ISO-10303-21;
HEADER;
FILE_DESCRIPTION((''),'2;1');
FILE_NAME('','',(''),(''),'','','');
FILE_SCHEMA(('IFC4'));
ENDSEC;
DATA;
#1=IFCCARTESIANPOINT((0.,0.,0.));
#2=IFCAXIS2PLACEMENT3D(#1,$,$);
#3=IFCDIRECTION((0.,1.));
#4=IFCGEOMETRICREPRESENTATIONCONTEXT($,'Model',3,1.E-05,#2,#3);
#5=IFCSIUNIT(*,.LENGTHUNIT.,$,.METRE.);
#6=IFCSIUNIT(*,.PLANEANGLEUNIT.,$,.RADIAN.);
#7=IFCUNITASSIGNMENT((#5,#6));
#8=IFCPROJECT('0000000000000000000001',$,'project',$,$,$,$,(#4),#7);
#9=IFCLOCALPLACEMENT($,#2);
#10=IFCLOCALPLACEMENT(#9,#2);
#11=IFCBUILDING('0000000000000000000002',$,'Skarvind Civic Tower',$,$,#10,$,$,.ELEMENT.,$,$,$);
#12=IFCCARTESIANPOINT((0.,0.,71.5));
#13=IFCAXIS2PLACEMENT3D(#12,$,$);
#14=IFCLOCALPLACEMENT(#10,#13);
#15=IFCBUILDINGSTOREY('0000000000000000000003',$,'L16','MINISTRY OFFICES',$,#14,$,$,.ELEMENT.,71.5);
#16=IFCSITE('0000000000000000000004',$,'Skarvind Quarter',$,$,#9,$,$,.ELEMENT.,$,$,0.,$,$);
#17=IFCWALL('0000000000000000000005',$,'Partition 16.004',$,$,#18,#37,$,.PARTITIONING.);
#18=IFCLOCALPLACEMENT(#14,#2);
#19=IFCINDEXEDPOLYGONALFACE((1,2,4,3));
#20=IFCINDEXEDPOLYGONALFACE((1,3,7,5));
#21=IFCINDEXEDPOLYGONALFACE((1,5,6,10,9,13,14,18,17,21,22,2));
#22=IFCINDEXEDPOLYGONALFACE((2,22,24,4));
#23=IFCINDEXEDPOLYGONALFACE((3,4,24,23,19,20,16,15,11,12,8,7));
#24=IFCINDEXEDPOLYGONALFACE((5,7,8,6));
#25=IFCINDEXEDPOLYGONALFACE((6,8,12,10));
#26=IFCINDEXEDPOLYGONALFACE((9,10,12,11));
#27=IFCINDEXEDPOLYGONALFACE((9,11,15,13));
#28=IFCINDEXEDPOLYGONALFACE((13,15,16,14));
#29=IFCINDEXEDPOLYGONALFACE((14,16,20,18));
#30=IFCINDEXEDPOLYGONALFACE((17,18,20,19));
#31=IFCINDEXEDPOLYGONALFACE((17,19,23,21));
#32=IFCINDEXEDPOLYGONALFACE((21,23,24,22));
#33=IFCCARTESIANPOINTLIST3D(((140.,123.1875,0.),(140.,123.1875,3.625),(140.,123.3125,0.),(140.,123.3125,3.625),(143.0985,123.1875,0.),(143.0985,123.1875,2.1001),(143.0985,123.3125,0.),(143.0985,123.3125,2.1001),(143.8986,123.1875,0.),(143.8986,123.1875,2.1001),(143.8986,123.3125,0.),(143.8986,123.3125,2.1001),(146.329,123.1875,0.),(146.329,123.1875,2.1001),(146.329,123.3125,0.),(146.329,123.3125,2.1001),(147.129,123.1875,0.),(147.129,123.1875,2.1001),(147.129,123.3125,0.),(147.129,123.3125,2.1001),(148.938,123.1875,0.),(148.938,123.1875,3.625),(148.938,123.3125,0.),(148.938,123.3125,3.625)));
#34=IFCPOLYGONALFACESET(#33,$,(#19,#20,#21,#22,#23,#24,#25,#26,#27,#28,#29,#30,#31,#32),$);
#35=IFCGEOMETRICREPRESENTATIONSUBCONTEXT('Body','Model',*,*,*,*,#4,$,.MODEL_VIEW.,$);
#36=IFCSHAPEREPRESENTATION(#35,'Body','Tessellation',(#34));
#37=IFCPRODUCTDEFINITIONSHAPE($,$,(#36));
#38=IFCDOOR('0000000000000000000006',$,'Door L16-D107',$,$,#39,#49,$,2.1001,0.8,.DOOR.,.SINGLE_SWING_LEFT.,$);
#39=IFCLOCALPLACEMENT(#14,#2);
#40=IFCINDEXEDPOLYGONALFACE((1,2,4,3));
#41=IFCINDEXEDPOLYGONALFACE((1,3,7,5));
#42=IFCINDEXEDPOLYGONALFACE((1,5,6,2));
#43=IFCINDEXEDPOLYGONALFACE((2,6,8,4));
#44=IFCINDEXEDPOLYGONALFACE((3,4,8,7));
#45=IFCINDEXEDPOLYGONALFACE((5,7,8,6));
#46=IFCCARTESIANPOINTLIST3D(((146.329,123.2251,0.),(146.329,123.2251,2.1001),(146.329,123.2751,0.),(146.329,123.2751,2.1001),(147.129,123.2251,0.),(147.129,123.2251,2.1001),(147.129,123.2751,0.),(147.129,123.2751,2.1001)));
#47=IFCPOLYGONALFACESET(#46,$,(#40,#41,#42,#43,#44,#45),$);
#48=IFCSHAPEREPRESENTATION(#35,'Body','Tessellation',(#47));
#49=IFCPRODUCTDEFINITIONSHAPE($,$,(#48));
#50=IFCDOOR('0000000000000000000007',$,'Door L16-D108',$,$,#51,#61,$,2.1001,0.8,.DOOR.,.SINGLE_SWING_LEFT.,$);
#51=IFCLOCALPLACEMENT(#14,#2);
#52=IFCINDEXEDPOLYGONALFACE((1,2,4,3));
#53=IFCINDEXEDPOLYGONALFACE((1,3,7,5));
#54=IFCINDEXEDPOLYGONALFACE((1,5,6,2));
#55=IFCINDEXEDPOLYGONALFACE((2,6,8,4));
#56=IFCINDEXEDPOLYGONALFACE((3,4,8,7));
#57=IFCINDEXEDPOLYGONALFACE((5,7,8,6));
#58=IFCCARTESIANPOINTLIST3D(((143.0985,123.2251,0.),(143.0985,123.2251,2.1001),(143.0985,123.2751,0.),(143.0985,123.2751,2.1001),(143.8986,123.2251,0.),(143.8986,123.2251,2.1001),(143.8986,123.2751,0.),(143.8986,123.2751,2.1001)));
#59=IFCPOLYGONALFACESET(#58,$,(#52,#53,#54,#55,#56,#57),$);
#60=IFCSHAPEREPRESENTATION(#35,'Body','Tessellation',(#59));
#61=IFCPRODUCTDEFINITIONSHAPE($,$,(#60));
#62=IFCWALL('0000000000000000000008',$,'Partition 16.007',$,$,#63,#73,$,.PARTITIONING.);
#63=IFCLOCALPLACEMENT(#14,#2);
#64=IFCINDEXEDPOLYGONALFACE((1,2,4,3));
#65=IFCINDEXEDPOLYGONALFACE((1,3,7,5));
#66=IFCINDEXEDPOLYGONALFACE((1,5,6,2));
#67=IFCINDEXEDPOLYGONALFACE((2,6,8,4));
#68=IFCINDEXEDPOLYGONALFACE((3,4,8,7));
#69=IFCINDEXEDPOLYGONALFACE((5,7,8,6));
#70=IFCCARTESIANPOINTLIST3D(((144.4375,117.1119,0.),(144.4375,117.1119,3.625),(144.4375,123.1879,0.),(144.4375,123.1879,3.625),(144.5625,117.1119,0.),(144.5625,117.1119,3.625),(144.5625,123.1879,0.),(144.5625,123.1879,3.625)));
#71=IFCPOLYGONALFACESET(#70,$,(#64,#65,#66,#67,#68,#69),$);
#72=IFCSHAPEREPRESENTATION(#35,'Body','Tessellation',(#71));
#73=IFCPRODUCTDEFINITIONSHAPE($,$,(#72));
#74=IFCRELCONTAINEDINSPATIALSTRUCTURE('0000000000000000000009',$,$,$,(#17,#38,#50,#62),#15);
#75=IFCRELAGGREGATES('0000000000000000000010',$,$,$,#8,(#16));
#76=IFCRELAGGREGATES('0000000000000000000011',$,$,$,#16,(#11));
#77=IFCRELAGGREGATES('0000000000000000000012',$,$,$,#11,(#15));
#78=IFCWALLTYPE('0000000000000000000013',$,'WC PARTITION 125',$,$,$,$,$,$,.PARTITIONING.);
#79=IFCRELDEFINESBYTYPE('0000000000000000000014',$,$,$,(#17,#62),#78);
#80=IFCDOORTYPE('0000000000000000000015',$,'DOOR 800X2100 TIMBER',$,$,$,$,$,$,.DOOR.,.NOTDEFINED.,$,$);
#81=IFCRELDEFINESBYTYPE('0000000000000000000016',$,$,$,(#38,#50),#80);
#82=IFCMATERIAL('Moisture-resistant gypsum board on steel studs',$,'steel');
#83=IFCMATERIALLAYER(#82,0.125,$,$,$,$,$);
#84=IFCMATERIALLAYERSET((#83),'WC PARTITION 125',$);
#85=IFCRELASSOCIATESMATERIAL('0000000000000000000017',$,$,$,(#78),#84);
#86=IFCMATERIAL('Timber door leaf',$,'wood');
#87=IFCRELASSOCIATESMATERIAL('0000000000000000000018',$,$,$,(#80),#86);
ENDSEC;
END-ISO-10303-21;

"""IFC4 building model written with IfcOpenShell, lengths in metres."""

from ifc_helpers import new_model, si_unit, direction, frame, frame_2d, origin, place, context, subcontext, project, spatial, rectangle, extrude, material, layer, layer_set, type_object, element, fill, save


model = new_model("IFC4")

# Units and contexts
model_context = context("Model", 3, precision=1e-05, world=origin(), true_north=direction((0.0, 1.0)))
body_context = subcontext(model_context, "Body", "Model", "MODEL_VIEW")
ifc_project = project(units=[si_unit("LENGTHUNIT", "METRE"), si_unit("PLANEANGLEUNIT", "RADIAN")], contexts=[model_context])

# Site, building, storey
site_placement = place(None, origin())
site = spatial("IfcSite", under=ifc_project, at=site_placement, Name="Skarvind Quarter", CompositionType="ELEMENT", RefElevation=0.0)
building_placement = place(site_placement, origin())
building = spatial("IfcBuilding", under=site, at=building_placement, Name="Skarvind Civic Tower", CompositionType="ELEMENT")
storey_placement = place(building_placement, frame((0.0, 0.0, 71.5)))
storey = spatial("IfcBuildingStorey", under=building, at=storey_placement, Name="L16", Description="MINISTRY OFFICES", CompositionType="ELEMENT", Elevation=71.5)

# Shared definitions
ifc_material_1 = material(Name="Timber door leaf", Category="wood")

# Wall, openings, doors
ifc_material_2 = material(Name="Moisture-resistant gypsum board on steel studs", Category="steel")
ifc_layer_1 = layer(ifc_material_2, 0.125)
ifc_layer_set_1 = layer_set([ifc_layer_1], Name="WC PARTITION 125")
wall_type_1 = type_object("IfcWallType", Name="WC PARTITION 125", PredefinedType="PARTITIONING", material=ifc_layer_set_1)
wall_1_placement = place(storey_placement, frame((148.938, 123.25, 0.0), z_axis=(0.0, 0.0, 1.0), x_axis=(-1.0, 0.0, 0.0)))
wall_1 = element("IfcWall", 1, at=wall_1_placement, inside=storey, type_object=wall_type_1, Name="Partition 16.004", PredefinedType="PARTITIONING", context=body_context, shape_type="SweptSolid", body=[
    extrude(rectangle(XDim=8.938, YDim=0.125, at=frame_2d((4.469, 0.0))), origin(), (0.0, 0.0, 1.0), 3.625),
])
opening_1_placement = place(wall_1_placement, frame((1.8091, 0.0, 0.0)))
opening_1 = element("IfcOpeningElement", 2, at=opening_1_placement, cuts=wall_1, PredefinedType="OPENING", context=body_context, shape_type="SweptSolid", body=[
    extrude(rectangle(XDim=0.8, YDim=2.1001, at=frame_2d((0.3999, 1.05))), frame((0.0, 0.0725, 0.0), z_axis=(0.0, -1.0, 0.0), x_axis=(1.0, 0.0, 0.0)), (0.0, 0.0, 1.0), 0.145),
])
opening_2_placement = place(wall_1_placement, frame((5.0396, 0.0, 0.0)))
opening_2 = element("IfcOpeningElement", 3, at=opening_2_placement, cuts=wall_1, PredefinedType="OPENING", context=body_context, shape_type="SweptSolid", body=[
    extrude(rectangle(XDim=0.8, YDim=2.1001, at=frame_2d((0.3999, 1.05))), frame((0.0, 0.0725, 0.0), z_axis=(0.0, -1.0, 0.0), x_axis=(1.0, 0.0, 0.0)), (0.0, 0.0, 1.0), 0.145),
])
door_type_1 = type_object("IfcDoorType", Name="DOOR 800X2100 TIMBER", OperationType="NOTDEFINED", PredefinedType="DOOR", material=ifc_material_1)
door_1_placement = place(opening_1_placement, origin())
door_1 = element("IfcDoor", 4, at=door_1_placement, inside=storey, type_object=door_type_1, Name="Door L16-D107", OperationType="SINGLE_SWING_LEFT", OverallHeight=2.1001, OverallWidth=0.8, PredefinedType="DOOR", context=body_context, shape_type="SweptSolid", body=[
    extrude(rectangle(XDim=0.8, YDim=2.1001, at=frame_2d((0.3999, 1.05))), frame((0.0, 0.0249, 0.0), z_axis=(0.0, -1.0, 0.0), x_axis=(1.0, 0.0, 0.0)), (0.0, 0.0, 1.0), 0.05),
])
fill(opening_1, door_1)
door_2_placement = place(opening_2_placement, origin())
door_2 = element("IfcDoor", 5, at=door_2_placement, inside=storey, type_object=door_type_1, Name="Door L16-D108", OperationType="SINGLE_SWING_LEFT", OverallHeight=2.1001, OverallWidth=0.8, PredefinedType="DOOR", context=body_context, shape_type="SweptSolid", body=[
    extrude(rectangle(XDim=0.8, YDim=2.1001, at=frame_2d((0.3999, 1.05))), frame((0.0, 0.0249, 0.0), z_axis=(0.0, -1.0, 0.0), x_axis=(1.0, 0.0, 0.0)), (0.0, 0.0, 1.0), 0.05),
])
fill(opening_2, door_2)

# Wall
wall_2_placement = place(storey_placement, frame((144.5, 123.188, 0.0), z_axis=(0.0, 0.0, 1.0), x_axis=(0.0, -1.0, 0.0)))
element("IfcWall", 6, at=wall_2_placement, inside=storey, type_object=wall_type_1, Name="Partition 16.007", PredefinedType="PARTITIONING", context=body_context, shape_type="SweptSolid", body=[
    extrude(rectangle(XDim=6.0759, YDim=0.125, at=frame_2d((3.0381, 0.0))), origin(), (0.0, 0.0, 1.0), 3.625),
])

save(model, "model.ifc")
